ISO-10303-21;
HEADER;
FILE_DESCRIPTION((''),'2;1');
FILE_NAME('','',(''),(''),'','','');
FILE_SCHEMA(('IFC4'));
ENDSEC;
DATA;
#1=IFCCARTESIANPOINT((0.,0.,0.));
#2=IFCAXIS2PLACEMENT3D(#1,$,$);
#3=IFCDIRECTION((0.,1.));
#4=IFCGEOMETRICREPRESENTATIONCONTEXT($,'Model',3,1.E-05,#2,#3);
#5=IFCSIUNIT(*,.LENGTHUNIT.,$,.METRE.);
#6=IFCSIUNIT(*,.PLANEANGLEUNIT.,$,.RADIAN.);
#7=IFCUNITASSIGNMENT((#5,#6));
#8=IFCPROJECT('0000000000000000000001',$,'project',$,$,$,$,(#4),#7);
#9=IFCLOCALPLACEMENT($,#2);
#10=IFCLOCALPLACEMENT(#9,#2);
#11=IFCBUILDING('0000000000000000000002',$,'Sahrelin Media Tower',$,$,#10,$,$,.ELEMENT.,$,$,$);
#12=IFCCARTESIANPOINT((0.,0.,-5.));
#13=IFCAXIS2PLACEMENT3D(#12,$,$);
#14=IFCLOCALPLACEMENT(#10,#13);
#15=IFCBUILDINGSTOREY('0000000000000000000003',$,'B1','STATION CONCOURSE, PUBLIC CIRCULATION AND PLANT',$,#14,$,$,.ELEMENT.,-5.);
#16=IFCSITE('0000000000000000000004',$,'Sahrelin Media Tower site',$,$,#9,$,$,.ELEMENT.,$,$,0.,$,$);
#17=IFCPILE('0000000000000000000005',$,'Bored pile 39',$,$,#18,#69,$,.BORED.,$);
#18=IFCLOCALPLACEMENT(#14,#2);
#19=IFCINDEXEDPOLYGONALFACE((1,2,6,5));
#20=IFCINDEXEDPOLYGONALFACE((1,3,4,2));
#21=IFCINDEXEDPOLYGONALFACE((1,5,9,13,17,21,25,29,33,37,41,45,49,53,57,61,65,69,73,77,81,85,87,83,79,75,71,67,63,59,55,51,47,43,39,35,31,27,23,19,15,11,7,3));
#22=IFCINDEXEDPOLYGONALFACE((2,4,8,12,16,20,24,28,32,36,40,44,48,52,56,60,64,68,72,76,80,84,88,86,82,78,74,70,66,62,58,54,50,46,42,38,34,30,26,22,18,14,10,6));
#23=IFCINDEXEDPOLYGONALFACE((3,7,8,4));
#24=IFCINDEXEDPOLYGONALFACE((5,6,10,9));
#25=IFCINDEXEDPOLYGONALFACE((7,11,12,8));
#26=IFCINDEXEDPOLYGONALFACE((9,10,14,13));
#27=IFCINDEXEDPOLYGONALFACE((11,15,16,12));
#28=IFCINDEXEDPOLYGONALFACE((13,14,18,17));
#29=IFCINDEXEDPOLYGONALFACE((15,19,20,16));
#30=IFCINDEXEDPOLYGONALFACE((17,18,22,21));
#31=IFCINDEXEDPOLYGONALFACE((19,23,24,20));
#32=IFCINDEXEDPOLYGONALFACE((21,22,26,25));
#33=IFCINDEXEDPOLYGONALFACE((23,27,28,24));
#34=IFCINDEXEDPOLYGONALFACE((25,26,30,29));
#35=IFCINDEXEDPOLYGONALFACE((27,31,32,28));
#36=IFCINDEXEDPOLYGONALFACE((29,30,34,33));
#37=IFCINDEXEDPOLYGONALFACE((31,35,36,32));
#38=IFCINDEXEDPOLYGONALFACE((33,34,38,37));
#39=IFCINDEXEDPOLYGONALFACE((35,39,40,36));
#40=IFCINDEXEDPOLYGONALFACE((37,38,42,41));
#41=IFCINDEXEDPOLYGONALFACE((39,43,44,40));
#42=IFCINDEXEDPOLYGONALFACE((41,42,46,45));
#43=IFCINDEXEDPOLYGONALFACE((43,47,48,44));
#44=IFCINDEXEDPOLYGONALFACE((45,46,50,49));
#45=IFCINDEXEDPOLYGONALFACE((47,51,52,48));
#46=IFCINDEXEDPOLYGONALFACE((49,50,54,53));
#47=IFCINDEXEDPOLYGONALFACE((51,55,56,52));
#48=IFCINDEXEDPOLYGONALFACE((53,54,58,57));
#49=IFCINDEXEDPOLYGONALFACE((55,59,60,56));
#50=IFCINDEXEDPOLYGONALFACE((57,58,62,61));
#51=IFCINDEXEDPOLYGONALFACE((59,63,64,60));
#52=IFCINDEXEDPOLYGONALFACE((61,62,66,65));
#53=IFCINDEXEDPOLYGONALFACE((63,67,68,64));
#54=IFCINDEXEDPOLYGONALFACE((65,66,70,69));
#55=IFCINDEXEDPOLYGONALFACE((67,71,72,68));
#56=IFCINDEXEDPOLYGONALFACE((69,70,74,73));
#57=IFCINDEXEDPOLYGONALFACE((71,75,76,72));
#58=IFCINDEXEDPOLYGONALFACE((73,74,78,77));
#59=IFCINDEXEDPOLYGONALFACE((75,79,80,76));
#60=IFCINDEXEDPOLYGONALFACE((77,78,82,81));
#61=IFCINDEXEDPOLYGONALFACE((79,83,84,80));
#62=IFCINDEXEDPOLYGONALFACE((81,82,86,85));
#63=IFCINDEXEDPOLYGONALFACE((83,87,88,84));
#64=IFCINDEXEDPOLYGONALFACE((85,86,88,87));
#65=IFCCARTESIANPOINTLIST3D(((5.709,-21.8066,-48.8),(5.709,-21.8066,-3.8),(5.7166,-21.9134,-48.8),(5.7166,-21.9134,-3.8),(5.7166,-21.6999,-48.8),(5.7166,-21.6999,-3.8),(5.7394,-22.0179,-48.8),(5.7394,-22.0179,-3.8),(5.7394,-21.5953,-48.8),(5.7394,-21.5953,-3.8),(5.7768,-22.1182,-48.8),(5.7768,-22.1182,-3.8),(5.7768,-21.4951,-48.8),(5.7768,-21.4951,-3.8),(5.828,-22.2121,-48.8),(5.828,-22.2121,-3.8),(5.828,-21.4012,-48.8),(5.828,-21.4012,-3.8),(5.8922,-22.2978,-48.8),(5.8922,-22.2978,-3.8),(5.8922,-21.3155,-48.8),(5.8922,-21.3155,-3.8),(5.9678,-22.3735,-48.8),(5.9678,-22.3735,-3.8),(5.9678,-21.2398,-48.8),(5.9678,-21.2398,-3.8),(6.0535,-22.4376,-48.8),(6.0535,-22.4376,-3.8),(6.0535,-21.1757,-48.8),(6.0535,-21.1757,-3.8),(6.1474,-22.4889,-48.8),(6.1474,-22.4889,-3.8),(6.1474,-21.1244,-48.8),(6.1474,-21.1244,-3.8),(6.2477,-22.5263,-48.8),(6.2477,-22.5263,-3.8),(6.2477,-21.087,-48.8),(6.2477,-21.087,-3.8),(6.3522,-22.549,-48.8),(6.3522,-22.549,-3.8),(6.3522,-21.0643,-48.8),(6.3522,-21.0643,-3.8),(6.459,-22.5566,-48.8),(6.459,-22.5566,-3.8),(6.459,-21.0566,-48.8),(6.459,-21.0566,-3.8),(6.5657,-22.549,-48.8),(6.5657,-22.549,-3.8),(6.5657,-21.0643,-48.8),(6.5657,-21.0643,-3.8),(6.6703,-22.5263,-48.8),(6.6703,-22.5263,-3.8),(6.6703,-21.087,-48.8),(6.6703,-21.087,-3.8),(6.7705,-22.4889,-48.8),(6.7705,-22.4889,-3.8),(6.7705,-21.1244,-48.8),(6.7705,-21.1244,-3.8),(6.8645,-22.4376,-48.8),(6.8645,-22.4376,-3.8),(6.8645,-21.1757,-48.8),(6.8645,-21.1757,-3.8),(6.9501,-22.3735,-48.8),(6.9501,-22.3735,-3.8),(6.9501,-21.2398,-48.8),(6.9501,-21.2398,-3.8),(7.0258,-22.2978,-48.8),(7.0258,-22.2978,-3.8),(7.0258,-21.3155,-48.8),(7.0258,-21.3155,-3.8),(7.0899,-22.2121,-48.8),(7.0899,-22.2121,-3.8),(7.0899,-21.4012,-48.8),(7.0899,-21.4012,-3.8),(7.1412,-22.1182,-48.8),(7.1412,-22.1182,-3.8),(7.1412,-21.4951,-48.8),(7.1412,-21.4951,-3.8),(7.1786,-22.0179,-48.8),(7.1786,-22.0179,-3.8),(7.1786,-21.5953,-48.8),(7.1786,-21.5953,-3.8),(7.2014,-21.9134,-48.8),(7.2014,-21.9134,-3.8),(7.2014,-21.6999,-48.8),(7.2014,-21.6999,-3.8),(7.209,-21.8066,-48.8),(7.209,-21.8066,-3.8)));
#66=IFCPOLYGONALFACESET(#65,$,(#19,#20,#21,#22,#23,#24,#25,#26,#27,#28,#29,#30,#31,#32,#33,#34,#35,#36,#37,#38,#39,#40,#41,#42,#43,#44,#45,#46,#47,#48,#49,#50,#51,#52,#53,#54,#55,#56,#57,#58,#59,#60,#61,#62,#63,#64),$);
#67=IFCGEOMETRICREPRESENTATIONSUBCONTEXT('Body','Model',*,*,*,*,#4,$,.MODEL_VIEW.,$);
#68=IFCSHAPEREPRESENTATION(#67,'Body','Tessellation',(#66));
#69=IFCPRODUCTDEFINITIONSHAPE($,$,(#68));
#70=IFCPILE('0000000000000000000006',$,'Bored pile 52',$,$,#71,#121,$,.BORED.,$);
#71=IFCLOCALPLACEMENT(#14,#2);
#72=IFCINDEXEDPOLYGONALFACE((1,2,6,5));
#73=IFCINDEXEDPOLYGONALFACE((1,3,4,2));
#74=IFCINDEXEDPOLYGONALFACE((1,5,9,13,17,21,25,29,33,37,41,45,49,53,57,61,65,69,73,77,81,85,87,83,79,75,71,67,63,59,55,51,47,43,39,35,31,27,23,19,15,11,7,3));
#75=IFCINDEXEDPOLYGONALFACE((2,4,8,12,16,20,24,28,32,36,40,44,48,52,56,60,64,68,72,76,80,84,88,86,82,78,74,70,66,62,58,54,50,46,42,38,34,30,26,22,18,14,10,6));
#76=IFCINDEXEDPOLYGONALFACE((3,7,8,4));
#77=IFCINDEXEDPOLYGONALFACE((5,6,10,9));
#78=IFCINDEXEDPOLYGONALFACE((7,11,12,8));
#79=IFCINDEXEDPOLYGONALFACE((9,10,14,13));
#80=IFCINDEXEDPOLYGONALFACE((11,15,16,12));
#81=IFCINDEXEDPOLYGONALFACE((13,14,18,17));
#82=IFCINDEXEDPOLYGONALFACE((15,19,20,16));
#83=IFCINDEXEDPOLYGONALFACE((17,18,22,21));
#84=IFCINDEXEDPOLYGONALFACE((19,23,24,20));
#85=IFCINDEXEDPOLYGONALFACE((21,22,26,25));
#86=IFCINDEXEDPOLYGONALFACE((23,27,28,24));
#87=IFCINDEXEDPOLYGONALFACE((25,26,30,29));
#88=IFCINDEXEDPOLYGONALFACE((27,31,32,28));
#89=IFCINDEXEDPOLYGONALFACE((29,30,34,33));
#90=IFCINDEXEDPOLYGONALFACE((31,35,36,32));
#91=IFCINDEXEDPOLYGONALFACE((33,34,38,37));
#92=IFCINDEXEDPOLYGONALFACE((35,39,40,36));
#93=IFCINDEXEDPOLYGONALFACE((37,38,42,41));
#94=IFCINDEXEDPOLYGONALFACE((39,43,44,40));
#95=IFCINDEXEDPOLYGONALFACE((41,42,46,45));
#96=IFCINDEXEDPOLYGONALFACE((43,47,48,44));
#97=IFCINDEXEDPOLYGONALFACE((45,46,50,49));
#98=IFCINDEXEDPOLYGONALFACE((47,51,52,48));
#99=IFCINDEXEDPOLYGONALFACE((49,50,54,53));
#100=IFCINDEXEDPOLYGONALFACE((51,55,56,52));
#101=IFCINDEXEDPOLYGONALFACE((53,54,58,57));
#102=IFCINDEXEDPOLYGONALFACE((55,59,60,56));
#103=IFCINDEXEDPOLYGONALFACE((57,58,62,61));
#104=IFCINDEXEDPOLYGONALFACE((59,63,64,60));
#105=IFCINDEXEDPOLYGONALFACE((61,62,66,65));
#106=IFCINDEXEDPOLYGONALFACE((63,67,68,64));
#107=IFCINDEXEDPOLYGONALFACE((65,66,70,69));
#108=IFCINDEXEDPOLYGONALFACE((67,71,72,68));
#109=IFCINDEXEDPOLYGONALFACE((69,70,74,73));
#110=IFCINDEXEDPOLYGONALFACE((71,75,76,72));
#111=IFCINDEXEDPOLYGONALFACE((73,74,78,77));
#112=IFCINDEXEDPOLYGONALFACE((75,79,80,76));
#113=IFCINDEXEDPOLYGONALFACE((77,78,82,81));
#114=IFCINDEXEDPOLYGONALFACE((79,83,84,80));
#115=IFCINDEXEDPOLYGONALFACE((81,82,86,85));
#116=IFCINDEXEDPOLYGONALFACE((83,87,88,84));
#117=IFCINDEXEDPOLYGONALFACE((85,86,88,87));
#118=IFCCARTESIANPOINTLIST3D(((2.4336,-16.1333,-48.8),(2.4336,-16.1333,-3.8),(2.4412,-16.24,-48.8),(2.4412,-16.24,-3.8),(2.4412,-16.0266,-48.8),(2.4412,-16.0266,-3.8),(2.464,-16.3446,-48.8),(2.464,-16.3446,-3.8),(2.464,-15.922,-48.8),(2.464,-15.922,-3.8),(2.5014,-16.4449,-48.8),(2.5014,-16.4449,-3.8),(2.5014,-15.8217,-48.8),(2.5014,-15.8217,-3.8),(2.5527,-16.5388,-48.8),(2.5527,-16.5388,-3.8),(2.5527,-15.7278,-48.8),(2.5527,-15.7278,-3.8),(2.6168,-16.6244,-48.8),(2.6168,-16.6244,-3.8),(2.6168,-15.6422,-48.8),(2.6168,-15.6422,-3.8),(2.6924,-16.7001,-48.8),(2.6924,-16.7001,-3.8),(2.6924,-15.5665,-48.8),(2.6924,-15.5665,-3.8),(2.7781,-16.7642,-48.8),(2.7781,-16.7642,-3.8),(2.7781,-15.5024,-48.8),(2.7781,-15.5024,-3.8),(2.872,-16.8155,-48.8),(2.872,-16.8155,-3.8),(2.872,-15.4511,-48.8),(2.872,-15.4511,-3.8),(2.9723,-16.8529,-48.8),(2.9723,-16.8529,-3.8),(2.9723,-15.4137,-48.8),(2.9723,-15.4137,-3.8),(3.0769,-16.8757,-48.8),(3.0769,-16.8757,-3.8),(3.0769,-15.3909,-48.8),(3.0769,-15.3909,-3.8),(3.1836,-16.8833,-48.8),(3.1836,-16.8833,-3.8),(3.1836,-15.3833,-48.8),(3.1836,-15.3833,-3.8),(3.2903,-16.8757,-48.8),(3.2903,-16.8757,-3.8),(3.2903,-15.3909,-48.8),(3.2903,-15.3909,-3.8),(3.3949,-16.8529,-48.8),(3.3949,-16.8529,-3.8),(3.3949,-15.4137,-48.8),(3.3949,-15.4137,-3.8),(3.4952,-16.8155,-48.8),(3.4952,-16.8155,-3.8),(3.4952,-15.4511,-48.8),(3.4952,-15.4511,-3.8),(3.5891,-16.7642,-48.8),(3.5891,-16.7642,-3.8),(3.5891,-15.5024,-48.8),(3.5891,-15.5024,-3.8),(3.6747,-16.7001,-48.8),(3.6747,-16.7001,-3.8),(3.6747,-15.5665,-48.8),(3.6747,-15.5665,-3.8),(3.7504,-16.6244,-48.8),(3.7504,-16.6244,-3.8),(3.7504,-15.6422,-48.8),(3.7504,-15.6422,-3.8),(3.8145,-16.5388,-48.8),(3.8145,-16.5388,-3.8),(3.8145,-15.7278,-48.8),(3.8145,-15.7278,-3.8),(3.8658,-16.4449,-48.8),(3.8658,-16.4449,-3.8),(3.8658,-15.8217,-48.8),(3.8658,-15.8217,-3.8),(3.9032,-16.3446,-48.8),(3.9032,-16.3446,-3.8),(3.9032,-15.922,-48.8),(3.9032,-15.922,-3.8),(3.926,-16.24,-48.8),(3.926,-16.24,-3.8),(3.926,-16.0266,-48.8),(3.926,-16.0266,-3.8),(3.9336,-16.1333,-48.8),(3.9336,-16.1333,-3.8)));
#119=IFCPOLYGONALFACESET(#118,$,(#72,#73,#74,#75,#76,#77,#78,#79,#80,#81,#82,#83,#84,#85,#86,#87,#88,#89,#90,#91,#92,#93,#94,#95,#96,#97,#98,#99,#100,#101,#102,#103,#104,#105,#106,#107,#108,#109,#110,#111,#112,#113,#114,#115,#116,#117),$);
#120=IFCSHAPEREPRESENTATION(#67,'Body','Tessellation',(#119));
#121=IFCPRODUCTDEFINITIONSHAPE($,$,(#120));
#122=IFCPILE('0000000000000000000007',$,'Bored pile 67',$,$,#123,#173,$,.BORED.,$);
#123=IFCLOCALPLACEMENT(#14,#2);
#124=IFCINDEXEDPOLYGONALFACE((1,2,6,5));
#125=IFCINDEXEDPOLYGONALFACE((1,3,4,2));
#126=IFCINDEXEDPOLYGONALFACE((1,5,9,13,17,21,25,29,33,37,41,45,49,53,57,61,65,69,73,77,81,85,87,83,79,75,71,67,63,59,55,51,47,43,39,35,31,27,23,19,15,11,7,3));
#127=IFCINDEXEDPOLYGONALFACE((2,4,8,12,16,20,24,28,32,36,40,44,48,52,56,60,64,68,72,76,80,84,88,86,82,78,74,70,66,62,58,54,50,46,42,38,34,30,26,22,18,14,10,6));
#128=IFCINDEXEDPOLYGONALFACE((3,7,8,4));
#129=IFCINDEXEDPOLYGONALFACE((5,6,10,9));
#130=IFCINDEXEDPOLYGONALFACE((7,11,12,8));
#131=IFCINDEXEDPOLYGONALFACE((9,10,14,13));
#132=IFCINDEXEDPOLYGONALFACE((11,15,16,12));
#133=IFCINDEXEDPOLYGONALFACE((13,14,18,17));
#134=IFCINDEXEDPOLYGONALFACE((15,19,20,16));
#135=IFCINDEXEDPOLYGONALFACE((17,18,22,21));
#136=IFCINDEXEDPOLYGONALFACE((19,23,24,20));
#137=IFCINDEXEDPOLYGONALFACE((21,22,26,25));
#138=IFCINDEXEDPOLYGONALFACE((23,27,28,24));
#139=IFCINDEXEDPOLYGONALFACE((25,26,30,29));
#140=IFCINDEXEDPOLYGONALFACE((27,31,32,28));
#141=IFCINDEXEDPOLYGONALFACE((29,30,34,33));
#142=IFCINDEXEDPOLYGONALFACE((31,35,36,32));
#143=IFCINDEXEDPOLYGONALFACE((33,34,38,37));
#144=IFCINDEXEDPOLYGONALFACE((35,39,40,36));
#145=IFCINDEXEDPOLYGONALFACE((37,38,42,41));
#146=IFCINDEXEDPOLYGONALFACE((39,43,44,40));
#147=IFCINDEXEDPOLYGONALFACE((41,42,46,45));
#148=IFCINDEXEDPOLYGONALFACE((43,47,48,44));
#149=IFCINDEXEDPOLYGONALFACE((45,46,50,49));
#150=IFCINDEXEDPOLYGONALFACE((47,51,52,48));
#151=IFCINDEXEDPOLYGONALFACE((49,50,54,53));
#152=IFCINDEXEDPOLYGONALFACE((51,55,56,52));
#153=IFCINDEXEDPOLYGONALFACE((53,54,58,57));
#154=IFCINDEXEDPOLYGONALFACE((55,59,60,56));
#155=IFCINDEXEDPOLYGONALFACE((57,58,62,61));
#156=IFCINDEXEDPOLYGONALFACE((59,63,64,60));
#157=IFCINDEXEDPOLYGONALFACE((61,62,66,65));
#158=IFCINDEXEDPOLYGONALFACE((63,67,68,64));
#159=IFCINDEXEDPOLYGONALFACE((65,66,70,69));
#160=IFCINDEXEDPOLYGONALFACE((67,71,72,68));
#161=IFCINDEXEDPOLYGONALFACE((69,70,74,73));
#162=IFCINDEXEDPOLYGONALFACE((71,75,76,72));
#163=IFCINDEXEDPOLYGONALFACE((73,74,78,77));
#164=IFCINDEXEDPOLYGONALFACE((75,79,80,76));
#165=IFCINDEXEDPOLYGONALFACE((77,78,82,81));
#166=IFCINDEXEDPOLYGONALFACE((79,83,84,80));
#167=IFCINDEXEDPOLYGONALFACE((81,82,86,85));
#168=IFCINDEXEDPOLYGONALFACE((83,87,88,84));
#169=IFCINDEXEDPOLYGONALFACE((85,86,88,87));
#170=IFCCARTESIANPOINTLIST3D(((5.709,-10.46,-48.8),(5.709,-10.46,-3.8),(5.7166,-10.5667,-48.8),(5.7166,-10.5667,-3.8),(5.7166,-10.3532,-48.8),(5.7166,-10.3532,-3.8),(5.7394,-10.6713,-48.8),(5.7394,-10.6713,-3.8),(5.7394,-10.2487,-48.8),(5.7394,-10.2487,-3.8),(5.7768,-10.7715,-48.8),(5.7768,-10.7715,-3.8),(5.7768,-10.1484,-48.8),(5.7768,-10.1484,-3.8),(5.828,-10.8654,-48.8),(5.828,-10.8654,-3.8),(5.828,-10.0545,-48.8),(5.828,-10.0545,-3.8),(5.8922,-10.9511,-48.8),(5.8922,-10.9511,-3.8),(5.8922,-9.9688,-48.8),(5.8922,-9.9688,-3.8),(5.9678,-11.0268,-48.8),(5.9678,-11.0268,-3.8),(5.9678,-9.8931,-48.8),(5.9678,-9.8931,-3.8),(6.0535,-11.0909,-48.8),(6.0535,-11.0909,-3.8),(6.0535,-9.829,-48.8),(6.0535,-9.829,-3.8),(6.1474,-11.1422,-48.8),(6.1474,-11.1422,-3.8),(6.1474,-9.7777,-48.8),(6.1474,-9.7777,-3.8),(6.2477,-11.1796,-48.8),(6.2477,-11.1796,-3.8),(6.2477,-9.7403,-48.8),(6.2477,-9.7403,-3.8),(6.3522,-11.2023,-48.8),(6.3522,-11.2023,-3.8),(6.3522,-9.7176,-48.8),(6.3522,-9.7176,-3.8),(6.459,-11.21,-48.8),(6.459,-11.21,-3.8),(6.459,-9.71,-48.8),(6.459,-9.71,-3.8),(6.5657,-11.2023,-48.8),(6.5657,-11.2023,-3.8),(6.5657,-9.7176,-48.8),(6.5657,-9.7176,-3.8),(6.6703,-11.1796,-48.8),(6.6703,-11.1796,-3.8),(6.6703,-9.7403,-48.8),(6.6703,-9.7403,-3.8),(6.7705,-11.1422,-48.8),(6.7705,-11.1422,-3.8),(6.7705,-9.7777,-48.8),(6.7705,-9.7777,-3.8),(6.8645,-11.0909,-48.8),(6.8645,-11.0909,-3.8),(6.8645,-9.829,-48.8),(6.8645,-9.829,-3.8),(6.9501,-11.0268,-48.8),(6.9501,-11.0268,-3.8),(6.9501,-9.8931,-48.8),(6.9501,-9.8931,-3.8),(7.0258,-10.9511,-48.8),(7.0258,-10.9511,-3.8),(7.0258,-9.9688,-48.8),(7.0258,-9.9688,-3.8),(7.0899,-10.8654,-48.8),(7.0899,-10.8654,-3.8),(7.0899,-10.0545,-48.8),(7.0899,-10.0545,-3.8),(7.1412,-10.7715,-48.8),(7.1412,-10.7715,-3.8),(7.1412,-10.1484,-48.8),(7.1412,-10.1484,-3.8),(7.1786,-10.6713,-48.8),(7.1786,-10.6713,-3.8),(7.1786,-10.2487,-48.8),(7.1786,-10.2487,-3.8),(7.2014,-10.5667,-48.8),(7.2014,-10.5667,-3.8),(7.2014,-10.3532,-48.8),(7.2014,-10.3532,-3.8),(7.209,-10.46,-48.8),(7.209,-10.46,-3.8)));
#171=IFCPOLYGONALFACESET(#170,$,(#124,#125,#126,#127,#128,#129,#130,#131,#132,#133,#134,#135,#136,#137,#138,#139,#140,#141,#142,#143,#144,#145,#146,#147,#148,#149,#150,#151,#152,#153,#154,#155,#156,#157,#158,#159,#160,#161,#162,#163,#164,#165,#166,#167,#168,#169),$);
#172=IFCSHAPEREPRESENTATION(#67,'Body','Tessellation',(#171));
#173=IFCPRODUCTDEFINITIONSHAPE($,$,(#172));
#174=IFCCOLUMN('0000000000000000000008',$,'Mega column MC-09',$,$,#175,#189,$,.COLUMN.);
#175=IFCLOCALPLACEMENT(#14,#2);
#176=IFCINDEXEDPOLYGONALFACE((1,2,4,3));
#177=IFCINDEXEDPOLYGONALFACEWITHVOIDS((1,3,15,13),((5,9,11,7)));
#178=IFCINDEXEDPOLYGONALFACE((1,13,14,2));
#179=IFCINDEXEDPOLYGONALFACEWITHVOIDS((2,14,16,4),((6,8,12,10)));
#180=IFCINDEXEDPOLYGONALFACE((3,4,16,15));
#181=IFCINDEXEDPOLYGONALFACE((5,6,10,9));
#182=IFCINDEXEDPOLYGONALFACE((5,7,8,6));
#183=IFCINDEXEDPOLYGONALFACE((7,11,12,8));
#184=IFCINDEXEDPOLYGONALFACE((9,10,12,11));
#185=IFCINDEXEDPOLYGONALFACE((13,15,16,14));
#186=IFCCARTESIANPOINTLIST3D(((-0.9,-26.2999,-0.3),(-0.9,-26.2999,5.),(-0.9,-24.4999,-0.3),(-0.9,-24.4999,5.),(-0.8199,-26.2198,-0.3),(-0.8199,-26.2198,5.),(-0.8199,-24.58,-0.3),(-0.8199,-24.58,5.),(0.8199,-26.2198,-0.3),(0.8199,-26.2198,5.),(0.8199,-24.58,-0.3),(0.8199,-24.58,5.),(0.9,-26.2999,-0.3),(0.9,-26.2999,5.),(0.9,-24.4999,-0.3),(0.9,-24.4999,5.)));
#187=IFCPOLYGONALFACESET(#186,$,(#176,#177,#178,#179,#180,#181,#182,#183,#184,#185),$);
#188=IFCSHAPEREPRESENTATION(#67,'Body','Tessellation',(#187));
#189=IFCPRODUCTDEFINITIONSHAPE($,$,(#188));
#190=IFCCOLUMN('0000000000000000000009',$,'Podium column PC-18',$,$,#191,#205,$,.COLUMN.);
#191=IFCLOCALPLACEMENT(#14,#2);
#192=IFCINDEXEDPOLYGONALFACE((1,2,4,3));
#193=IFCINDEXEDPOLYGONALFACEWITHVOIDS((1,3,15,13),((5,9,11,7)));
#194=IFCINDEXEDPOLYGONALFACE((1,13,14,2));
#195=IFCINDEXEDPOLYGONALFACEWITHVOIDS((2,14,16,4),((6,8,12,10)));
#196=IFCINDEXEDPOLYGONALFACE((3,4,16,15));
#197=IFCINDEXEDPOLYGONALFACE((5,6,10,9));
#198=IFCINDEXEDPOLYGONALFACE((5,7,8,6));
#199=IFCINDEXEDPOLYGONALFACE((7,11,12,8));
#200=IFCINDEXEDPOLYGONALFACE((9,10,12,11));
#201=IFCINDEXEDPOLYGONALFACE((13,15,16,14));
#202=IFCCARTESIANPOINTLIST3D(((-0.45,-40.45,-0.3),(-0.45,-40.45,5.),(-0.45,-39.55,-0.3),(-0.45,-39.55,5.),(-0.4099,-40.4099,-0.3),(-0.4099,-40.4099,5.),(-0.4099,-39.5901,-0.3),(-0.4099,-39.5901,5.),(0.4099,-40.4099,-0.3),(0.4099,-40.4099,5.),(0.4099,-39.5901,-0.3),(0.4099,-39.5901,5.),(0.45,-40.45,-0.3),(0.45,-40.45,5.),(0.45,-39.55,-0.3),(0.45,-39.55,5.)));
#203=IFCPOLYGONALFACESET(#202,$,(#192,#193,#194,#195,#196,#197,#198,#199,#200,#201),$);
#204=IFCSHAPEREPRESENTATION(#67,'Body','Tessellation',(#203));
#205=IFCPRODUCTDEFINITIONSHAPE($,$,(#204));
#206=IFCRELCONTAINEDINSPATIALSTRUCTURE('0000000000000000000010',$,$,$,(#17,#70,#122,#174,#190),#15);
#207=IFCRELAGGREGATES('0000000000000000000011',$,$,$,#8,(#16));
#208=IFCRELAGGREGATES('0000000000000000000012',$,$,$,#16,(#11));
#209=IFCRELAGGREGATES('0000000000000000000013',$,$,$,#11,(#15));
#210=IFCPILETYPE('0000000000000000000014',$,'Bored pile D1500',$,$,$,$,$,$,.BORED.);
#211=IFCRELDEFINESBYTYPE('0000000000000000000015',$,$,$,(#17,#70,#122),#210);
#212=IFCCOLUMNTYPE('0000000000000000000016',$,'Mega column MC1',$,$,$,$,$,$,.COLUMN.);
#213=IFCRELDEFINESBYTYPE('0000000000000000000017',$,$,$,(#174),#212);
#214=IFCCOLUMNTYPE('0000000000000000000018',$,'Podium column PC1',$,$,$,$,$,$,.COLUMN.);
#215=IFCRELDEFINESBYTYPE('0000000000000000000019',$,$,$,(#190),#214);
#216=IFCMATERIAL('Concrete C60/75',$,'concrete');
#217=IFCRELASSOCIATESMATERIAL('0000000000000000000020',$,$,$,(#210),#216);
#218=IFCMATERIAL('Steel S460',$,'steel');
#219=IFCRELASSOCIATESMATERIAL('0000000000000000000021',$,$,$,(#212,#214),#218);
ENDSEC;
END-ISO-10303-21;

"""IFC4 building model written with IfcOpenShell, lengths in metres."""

from ifc_helpers import new_model, si_unit, direction, frame, origin, origin_2d, place, context, subcontext, project, spatial, hollow_rectangle, circle, extrude, material, material_profile, profile_set, type_object, element, save


model = new_model("IFC4")

# Units and contexts
model_context = context("Model", 3, precision=1e-05, world=origin(), true_north=direction((0.0, 1.0)))
body_context = subcontext(model_context, "Body", "Model", "MODEL_VIEW")
ifc_project = project(units=[si_unit("LENGTHUNIT", "METRE"), si_unit("PLANEANGLEUNIT", "RADIAN")], contexts=[model_context])

# Site, building, storey
site_placement = place(None, origin())
site = spatial("IfcSite", under=ifc_project, at=site_placement, Name="Sahrelin Media Tower site", CompositionType="ELEMENT", RefElevation=0.0)
building_placement = place(site_placement, origin())
building = spatial("IfcBuilding", under=site, at=building_placement, Name="Sahrelin Media Tower", CompositionType="ELEMENT")
storey_placement = place(building_placement, frame((0.0, 0.0, -5.0)))
storey = spatial("IfcBuildingStorey", under=building, at=storey_placement, Name="B1", Description="STATION CONCOURSE, PUBLIC CIRCULATION AND PLANT", CompositionType="ELEMENT", Elevation=-5.0)

# Piles
ifc_material_1 = material(Name="Concrete C60/75", Category="concrete")
ifc_material_profile_1 = material_profile(ifc_material_1, circle(Radius=0.75, at=origin_2d()), Name="Bored pile D1500")
ifc_profile_set_1 = profile_set([ifc_material_profile_1], Name="Concrete C60/75")
pile_type = type_object("IfcPileType", Name="Bored pile D1500", PredefinedType="BORED", material=ifc_profile_set_1)
for number, where, z_axis, x_axis, name in (
    (1, (6.459, -21.8066, -3.8), (0.0, 0.0, -1.0), (1.0, 0.0, 0.0), "Bored pile 39"),
    (2, (3.1836, -16.1333, -3.8), (0.0, 0.0, -1.0), (1.0, 0.0, 0.0), "Bored pile 52"),
    (3, (6.459, -10.46, -3.8), (0.0, 0.0, -1.0), (1.0, 0.0, 0.0), "Bored pile 67"),
):
    element("IfcPile", number, at=place(storey_placement, frame(where, z_axis=z_axis, x_axis=x_axis)), inside=storey, type_object=pile_type, Name=name, PredefinedType="BORED", context=body_context, shape_type="SweptSolid", body=[
        extrude(circle(Radius=0.75, at=origin_2d()), origin(), (0.0, 0.0, 1.0), 45.0),
    ])

# Columns
ifc_material_2 = material(Name="Steel S460", Category="steel")
ifc_material_profile_2 = material_profile(ifc_material_2, hollow_rectangle(XDim=1.8, YDim=1.8, WallThickness=0.0801, at=origin_2d()), Name="Mega column MC1")
ifc_profile_set_2 = profile_set([ifc_material_profile_2], Name="Steel S460")
column_type_1 = type_object("IfcColumnType", Name="Mega column MC1", PredefinedType="COLUMN", material=ifc_profile_set_2)
column_1_placement = place(storey_placement, frame((0.0, -25.3999, -0.3), z_axis=(0.0, 0.0, 1.0), x_axis=(0.0, -1.0, 0.0)))
element("IfcColumn", 4, at=column_1_placement, inside=storey, type_object=column_type_1, Name="Mega column MC-09", PredefinedType="COLUMN", context=body_context, shape_type="SweptSolid", body=[
    extrude(hollow_rectangle(XDim=1.8, YDim=1.8, WallThickness=0.0801, at=origin_2d()), origin(), (0.0, 0.0, 1.0), 5.3),
])
ifc_material_profile_3 = material_profile(ifc_material_2, hollow_rectangle(XDim=0.8999, YDim=0.8999, WallThickness=0.04, at=origin_2d()), Name="Podium column PC1")
ifc_profile_set_3 = profile_set([ifc_material_profile_3], Name="Steel S460")
column_type_2 = type_object("IfcColumnType", Name="Podium column PC1", PredefinedType="COLUMN", material=ifc_profile_set_3)
column_2_placement = place(storey_placement, frame((0.0, -40.0, -0.3), z_axis=(0.0, 0.0, 1.0), x_axis=(0.0, -1.0, 0.0)))
element("IfcColumn", 5, at=column_2_placement, inside=storey, type_object=column_type_2, Name="Podium column PC-18", PredefinedType="COLUMN", context=body_context, shape_type="SweptSolid", body=[
    extrude(hollow_rectangle(XDim=0.8999, YDim=0.8999, WallThickness=0.04, at=origin_2d()), origin(), (0.0, 0.0, 1.0), 5.3),
])

save(model, "model.ifc")
